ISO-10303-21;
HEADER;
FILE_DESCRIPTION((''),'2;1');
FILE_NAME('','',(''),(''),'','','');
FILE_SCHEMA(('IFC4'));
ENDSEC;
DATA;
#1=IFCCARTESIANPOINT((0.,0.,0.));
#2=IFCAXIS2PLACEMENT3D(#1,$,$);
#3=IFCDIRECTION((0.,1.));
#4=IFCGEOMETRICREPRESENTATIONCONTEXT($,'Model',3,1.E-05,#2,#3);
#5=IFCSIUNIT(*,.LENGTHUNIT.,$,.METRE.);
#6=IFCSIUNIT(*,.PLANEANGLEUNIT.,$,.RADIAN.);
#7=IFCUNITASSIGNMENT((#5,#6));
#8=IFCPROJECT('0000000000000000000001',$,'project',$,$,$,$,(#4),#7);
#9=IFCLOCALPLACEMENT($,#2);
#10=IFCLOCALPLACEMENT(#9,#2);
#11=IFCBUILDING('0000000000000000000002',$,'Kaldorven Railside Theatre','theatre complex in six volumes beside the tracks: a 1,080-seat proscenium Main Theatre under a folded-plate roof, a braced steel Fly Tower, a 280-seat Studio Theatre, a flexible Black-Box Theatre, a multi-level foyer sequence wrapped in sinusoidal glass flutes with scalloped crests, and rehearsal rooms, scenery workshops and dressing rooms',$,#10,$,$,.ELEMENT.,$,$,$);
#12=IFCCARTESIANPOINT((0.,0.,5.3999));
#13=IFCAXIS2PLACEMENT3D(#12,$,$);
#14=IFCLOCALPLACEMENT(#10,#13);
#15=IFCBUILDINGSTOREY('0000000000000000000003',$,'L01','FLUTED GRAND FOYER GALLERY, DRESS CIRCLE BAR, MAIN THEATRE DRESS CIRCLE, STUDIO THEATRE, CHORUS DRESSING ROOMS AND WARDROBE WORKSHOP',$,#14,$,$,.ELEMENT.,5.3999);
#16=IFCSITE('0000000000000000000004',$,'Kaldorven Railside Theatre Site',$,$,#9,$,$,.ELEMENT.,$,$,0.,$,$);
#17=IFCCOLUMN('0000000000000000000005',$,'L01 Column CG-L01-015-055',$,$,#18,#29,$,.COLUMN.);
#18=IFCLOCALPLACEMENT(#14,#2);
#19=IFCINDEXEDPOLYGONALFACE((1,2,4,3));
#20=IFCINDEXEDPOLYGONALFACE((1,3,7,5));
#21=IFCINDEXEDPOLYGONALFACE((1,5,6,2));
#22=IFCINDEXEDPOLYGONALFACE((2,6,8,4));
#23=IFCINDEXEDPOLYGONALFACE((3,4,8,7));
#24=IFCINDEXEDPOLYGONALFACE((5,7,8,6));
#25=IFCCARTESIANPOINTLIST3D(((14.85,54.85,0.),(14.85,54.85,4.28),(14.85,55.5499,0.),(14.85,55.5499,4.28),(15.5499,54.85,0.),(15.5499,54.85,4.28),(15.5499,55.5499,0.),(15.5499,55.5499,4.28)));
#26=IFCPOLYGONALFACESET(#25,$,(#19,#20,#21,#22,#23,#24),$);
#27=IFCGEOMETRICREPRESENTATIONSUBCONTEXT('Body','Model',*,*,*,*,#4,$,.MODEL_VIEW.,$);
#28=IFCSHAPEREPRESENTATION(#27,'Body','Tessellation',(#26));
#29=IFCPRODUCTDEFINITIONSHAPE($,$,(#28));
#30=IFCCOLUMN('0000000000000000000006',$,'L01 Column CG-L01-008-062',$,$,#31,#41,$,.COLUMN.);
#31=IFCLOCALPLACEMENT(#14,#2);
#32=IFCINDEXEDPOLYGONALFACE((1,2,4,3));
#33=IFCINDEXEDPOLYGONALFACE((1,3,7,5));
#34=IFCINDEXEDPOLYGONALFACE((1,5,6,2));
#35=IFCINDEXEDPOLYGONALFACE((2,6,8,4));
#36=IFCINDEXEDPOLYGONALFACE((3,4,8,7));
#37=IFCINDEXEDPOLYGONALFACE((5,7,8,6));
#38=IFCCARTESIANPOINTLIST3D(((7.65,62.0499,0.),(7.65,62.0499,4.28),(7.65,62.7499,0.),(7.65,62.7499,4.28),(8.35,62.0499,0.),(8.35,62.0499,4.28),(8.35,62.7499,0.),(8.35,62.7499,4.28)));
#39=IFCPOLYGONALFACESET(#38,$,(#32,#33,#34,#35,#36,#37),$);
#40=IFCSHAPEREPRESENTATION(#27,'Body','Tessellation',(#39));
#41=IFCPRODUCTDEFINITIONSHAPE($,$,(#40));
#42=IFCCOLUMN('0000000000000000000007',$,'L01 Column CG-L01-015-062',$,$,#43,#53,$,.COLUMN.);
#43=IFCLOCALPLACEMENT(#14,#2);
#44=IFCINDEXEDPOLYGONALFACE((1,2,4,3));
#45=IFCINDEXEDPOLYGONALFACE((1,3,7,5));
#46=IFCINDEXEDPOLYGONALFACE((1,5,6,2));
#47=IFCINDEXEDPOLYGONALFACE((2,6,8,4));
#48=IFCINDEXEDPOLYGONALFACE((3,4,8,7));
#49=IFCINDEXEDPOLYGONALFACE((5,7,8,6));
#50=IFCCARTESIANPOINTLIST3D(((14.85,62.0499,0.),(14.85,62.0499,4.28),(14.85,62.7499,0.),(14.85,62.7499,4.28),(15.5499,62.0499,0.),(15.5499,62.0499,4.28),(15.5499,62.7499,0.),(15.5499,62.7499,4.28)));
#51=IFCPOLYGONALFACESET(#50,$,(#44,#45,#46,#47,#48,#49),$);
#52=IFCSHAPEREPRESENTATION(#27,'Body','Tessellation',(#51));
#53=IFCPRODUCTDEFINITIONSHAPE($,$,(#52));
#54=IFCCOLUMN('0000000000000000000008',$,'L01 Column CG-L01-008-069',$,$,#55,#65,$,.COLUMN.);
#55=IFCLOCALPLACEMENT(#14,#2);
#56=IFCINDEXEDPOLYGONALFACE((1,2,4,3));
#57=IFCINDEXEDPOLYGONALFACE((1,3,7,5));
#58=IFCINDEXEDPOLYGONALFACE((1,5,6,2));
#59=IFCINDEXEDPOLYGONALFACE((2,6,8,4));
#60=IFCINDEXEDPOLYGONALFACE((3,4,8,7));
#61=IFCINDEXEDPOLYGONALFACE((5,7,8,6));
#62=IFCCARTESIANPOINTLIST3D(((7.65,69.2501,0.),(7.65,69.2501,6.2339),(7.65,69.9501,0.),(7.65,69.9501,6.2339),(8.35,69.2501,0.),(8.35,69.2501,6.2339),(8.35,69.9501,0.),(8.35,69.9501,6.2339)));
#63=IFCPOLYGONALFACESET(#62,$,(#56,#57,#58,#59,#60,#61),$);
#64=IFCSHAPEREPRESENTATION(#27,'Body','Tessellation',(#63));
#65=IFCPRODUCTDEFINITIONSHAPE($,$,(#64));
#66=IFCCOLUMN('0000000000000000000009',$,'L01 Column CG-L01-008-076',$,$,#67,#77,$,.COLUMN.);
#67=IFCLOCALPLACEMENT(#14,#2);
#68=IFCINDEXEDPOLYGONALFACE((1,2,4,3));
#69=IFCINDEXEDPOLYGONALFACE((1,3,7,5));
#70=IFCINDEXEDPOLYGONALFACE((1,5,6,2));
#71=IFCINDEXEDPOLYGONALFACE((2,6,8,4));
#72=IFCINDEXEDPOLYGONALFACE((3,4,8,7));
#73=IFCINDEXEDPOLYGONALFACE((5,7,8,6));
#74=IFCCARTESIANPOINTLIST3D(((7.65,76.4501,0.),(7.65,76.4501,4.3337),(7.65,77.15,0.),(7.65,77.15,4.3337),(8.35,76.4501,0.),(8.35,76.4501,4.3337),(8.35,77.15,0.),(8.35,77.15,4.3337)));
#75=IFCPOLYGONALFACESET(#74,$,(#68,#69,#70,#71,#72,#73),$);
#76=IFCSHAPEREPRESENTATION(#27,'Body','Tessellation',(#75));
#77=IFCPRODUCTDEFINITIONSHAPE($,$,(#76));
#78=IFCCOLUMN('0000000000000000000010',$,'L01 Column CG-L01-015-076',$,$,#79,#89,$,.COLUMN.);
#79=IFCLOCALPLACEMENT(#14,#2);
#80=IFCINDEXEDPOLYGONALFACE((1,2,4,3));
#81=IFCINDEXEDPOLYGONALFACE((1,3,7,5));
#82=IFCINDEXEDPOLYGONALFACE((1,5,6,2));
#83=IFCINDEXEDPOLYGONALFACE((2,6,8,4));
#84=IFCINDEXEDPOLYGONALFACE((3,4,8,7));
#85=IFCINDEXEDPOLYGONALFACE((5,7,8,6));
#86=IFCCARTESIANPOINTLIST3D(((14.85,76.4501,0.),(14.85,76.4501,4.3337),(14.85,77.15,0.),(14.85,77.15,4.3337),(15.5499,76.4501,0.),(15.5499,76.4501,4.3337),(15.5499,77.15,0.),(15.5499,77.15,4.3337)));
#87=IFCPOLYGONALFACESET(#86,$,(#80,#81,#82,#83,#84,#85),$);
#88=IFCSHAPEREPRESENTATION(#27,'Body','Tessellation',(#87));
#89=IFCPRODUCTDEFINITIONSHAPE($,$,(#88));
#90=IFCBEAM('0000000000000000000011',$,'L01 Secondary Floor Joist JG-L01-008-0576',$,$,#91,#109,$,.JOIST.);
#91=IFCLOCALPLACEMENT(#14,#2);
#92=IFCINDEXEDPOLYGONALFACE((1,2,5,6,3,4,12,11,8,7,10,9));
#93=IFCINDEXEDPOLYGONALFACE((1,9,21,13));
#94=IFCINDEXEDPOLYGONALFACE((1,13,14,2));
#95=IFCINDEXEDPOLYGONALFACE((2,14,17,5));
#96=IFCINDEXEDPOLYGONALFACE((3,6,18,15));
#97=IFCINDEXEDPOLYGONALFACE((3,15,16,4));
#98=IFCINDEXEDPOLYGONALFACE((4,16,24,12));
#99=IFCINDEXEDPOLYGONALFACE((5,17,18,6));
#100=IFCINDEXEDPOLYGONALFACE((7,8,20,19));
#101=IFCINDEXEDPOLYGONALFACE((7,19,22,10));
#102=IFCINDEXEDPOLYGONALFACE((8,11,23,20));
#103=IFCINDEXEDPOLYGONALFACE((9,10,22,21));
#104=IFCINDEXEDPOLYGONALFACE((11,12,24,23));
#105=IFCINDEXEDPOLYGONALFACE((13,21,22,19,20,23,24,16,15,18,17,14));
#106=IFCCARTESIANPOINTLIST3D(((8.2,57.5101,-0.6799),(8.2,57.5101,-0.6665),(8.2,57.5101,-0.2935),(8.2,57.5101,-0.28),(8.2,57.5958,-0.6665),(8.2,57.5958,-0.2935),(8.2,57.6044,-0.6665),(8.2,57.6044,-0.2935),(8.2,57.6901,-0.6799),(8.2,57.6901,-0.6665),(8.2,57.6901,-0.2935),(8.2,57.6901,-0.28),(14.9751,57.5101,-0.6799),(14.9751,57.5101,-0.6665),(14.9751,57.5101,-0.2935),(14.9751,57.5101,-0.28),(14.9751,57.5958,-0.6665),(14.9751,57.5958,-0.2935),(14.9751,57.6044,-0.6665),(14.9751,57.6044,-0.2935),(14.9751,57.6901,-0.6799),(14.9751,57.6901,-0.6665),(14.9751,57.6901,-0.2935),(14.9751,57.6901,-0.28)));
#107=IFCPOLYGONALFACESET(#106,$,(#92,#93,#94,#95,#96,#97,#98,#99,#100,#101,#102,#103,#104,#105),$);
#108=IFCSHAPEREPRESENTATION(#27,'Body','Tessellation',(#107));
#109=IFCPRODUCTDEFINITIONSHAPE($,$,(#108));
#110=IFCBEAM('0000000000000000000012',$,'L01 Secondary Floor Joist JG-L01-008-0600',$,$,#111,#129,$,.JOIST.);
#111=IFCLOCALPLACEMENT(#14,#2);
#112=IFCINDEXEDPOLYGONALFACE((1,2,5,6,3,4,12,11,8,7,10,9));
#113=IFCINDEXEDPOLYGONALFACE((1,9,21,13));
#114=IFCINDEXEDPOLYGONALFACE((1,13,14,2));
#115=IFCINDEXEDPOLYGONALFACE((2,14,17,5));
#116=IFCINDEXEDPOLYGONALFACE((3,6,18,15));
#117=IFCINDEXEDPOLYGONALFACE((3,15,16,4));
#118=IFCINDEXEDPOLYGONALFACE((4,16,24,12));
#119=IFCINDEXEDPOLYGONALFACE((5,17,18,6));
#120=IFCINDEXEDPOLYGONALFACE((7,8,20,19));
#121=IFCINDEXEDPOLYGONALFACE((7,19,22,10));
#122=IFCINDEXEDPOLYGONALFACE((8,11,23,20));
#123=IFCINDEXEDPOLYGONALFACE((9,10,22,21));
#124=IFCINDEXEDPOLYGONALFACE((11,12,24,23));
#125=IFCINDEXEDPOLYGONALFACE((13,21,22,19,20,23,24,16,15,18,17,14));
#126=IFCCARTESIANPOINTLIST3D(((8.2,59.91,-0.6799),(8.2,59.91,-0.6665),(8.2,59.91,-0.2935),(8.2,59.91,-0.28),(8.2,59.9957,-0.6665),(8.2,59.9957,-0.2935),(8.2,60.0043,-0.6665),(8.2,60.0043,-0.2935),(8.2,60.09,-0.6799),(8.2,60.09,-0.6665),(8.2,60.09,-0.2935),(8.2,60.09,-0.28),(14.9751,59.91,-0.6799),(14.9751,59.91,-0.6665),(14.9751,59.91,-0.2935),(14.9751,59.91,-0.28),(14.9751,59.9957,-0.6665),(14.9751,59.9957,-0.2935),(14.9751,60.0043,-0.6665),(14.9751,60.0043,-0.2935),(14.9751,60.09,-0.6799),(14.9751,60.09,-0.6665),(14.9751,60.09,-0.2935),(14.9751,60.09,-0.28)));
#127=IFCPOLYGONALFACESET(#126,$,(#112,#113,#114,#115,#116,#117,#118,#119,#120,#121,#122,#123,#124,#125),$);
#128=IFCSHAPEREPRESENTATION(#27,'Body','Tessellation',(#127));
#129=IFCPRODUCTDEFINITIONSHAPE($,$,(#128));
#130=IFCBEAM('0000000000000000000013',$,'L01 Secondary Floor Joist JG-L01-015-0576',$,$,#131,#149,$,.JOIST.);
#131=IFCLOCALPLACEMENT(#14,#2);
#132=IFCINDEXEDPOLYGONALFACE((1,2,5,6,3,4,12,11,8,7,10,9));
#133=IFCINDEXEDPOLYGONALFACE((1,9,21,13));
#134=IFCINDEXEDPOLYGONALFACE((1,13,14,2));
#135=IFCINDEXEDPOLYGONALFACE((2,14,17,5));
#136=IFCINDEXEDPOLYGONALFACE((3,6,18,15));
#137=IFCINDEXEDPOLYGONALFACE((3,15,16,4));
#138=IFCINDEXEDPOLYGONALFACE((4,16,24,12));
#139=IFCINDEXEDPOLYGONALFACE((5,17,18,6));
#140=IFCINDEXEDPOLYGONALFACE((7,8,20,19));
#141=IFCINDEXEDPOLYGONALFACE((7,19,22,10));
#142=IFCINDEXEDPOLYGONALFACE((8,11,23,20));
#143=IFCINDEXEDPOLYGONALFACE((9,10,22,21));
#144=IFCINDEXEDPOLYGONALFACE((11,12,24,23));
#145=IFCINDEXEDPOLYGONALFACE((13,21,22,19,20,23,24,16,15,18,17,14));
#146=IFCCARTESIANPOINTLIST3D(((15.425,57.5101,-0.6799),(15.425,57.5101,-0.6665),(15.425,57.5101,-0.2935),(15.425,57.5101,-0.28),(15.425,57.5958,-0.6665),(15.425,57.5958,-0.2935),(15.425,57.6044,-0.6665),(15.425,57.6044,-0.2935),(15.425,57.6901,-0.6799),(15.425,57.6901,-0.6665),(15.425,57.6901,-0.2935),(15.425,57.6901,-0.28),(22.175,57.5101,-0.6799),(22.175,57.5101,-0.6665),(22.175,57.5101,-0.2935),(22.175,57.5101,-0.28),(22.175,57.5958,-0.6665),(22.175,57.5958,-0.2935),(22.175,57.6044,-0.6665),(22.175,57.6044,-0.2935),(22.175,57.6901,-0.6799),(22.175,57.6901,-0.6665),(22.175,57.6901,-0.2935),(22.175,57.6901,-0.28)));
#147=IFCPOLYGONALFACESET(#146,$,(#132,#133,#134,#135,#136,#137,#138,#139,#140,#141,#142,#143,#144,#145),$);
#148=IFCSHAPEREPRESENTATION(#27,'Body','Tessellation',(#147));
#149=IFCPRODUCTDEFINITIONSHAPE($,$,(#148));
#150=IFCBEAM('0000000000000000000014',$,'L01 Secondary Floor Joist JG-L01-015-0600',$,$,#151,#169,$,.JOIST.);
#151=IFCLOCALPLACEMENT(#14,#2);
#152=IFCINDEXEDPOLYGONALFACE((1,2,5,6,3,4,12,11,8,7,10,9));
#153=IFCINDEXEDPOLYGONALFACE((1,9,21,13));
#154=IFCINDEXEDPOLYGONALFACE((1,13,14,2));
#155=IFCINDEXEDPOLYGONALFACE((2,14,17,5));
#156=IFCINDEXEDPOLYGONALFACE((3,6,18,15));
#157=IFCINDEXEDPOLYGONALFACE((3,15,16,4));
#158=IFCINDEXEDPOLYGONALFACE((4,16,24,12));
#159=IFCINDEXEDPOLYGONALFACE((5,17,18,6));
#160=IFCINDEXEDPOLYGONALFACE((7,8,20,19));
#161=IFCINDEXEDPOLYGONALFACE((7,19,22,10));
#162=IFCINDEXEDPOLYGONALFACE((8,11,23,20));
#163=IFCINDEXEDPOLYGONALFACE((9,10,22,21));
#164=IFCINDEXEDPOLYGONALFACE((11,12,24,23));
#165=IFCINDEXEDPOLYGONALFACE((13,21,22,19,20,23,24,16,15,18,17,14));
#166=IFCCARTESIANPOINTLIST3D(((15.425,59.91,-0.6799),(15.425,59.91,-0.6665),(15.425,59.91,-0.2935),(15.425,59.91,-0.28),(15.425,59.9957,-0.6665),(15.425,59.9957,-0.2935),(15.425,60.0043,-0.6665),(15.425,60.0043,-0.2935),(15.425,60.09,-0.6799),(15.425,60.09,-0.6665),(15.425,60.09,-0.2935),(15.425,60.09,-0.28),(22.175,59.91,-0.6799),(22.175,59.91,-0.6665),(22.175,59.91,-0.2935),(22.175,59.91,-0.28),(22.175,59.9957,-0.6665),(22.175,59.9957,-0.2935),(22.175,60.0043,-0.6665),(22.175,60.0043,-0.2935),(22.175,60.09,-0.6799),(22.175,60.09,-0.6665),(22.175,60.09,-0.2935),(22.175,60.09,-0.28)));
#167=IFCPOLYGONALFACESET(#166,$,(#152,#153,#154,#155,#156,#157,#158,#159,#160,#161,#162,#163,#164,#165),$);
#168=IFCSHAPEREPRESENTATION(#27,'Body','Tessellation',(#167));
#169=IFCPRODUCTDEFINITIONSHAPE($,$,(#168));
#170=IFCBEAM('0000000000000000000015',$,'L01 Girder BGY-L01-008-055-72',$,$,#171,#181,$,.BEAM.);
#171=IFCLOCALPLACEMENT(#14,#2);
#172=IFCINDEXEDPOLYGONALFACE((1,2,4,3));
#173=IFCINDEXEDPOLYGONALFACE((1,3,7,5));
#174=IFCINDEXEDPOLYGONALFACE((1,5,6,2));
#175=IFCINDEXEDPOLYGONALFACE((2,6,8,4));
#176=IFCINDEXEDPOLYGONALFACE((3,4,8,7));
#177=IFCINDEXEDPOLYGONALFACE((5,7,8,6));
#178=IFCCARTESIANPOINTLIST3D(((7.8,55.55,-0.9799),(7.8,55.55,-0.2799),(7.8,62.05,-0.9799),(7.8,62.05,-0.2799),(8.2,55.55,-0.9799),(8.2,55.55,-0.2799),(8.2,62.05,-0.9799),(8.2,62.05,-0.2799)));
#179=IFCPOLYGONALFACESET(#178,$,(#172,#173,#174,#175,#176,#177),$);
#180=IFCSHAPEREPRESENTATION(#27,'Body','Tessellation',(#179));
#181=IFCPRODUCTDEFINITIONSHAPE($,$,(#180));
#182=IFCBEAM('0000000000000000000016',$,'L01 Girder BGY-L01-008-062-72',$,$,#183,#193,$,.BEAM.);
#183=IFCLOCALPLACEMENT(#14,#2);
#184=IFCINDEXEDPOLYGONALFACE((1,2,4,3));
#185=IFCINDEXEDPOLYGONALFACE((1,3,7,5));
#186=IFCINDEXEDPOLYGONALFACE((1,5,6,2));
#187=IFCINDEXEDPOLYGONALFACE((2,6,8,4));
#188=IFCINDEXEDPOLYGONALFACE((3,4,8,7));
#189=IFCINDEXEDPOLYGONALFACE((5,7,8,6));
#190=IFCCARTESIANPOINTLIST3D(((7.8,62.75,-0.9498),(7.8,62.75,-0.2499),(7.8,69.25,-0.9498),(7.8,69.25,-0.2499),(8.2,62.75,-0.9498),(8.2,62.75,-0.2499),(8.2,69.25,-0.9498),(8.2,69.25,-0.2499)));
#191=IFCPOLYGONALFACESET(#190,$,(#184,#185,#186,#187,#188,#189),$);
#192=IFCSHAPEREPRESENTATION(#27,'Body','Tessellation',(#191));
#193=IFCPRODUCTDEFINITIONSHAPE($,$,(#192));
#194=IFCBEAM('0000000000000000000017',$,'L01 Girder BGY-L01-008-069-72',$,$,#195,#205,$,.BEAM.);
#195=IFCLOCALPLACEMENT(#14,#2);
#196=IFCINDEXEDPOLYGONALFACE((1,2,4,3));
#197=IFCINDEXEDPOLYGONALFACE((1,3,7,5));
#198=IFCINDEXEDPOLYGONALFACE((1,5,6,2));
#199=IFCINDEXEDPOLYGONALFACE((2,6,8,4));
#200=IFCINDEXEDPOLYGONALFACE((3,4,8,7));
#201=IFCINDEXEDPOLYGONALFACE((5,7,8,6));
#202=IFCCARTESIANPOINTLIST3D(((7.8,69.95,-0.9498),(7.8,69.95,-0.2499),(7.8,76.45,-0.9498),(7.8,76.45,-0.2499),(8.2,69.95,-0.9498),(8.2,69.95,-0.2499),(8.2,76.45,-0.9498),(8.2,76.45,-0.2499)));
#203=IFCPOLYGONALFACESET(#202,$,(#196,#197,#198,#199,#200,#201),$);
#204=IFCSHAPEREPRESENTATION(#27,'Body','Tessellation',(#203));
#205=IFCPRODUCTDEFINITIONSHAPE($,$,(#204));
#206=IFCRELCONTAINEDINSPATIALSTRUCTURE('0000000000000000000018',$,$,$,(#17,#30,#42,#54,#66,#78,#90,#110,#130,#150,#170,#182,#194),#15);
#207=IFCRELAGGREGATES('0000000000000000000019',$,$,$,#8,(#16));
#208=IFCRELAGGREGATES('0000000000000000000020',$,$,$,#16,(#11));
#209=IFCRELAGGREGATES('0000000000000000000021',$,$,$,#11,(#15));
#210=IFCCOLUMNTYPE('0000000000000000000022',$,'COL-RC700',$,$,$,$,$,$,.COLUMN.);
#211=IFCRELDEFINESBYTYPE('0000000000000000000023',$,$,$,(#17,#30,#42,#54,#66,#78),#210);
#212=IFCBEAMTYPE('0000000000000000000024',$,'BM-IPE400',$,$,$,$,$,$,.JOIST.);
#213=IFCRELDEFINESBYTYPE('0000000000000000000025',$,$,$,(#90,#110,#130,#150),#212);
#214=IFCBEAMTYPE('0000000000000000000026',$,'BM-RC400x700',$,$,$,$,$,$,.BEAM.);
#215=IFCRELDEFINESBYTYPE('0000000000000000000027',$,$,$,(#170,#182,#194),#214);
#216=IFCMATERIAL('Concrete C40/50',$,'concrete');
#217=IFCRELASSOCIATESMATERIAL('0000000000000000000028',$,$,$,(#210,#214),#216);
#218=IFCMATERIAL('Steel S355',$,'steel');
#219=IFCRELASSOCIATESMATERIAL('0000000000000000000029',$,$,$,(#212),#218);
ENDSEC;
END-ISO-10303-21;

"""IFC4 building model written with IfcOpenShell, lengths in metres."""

from ifc_helpers import new_model, si_unit, direction, frame, origin, origin_2d, place, context, subcontext, project, spatial, rectangle, i_section, extrude, material, material_profile, profile_set, type_object, element, save


model = new_model("IFC4")

# Units and contexts
model_context = context("Model", 3, precision=1e-05, world=origin(), true_north=direction((0.0, 1.0)))
body_context = subcontext(model_context, "Body", "Model", "MODEL_VIEW")
ifc_project = project(units=[si_unit("LENGTHUNIT", "METRE"), si_unit("PLANEANGLEUNIT", "RADIAN")], contexts=[model_context])

# Site, building, storey
site_placement = place(None, origin())
site = spatial("IfcSite", under=ifc_project, at=site_placement, Name="Kaldorven Railside Theatre Site", CompositionType="ELEMENT", RefElevation=0.0)
building_placement = place(site_placement, origin())
building = spatial("IfcBuilding", under=site, at=building_placement, Name="Kaldorven Railside Theatre", Description="theatre complex in six volumes beside the tracks: a 1,080-seat proscenium Main Theatre under a folded-plate roof, a braced steel Fly Tower, a 280-seat Studio Theatre, a flexible Black-Box Theatre, a multi-level foyer sequence wrapped in sinusoidal glass flutes with scalloped crests, and rehearsal rooms, scenery workshops and dressing rooms", CompositionType="ELEMENT")
storey_placement = place(building_placement, frame((0.0, 0.0, 5.3999)))
storey = spatial("IfcBuildingStorey", under=building, at=storey_placement, Name="L01", Description="FLUTED GRAND FOYER GALLERY, DRESS CIRCLE BAR, MAIN THEATRE DRESS CIRCLE, STUDIO THEATRE, CHORUS DRESSING ROOMS AND WARDROBE WORKSHOP", CompositionType="ELEMENT", Elevation=5.3999)

# Columns
ifc_material_1 = material(Name="Concrete C40/50", Category="concrete")
ifc_material_profile_1 = material_profile(ifc_material_1, rectangle(XDim=0.7, YDim=0.7, at=origin_2d()), Name="RC 700x700")
ifc_profile_set_1 = profile_set([ifc_material_profile_1], Name="Concrete C40/50")
column_type = type_object("IfcColumnType", Name="COL-RC700", PredefinedType="COLUMN", material=ifc_profile_set_1)
for number, where, z_axis, x_axis, name in (
    (1, (15.2, 55.2, 0.0), (0.0, 0.0, 1.0), (1.0, 0.0, 0.0), "L01 Column CG-L01-015-055"),
    (2, (8.0, 62.3999, 0.0), (0.0, 0.0, 1.0), (1.0, 0.0, 0.0), "L01 Column CG-L01-008-062"),
    (3, (15.2, 62.3999, 0.0), (0.0, 0.0, 1.0), (0.0, 1.0, 0.0), "L01 Column CG-L01-015-062"),
):
    element("IfcColumn", number, at=place(storey_placement, frame(where, z_axis=z_axis, x_axis=x_axis)), inside=storey, type_object=column_type, Name=name, PredefinedType="COLUMN", context=body_context, shape_type="SweptSolid", body=[
        extrude(rectangle(XDim=0.7, YDim=0.7, at=origin_2d()), origin(), (0.0, 0.0, 1.0), 4.28),
    ])
column_placement = place(storey_placement, frame((8.0, 69.6001, 0.0), z_axis=(0.0, 0.0, 1.0), x_axis=(0.0, 1.0, 0.0)))
element("IfcColumn", 4, at=column_placement, inside=storey, type_object=column_type, Name="L01 Column CG-L01-008-069", PredefinedType="COLUMN", context=body_context, shape_type="SweptSolid", body=[
    extrude(rectangle(XDim=0.7, YDim=0.7, at=origin_2d()), origin(), (0.0, 0.0, 1.0), 6.2339),
])
for number, where, z_axis, x_axis, name in (
    (5, (8.0, 76.8, 0.0), (0.0, 0.0, 1.0), (1.0, 0.0, 0.0), "L01 Column CG-L01-008-076"),
    (6, (15.2, 76.8, 0.0), (0.0, 0.0, 1.0), (1.0, 0.0, 0.0), "L01 Column CG-L01-015-076"),
):
    element("IfcColumn", number, at=place(storey_placement, frame(where, z_axis=z_axis, x_axis=x_axis)), inside=storey, type_object=column_type, Name=name, PredefinedType="COLUMN", context=body_context, shape_type="SweptSolid", body=[
        extrude(rectangle(XDim=0.7, YDim=0.7, at=origin_2d()), origin(), (0.0, 0.0, 1.0), 4.3337),
    ])

# Beams
ifc_material_2 = material(Name="Steel S355", Category="steel")
ifc_material_profile_2 = material_profile(ifc_material_2, i_section(OverallWidth=0.1799, OverallDepth=0.3999, WebThickness=0.0085, FlangeThickness=0.0134, at=origin_2d()), Name="IPE 400")
ifc_profile_set_2 = profile_set([ifc_material_profile_2], Name="Steel S355")
beam_type_1 = type_object("IfcBeamType", Name="BM-IPE400", PredefinedType="JOIST", material=ifc_profile_set_2)
for number, where, z_axis, x_axis, name in (
    (7, (8.2, 57.6001, -0.48), (1.0, 0.0, 0.0), (0.0, 1.0, 0.0), "L01 Secondary Floor Joist JG-L01-008-0576"),
    (8, (8.2, 60.0, -0.48), (1.0, 0.0, 0.0), (0.0, 1.0, 0.0), "L01 Secondary Floor Joist JG-L01-008-0600"),
):
    element("IfcBeam", number, at=place(storey_placement, frame(where, z_axis=z_axis, x_axis=x_axis)), inside=storey, type_object=beam_type_1, Name=name, PredefinedType="JOIST", context=body_context, shape_type="SweptSolid", body=[
        extrude(i_section(OverallWidth=0.1799, OverallDepth=0.3999, WebThickness=0.0085, FlangeThickness=0.0134, at=origin_2d()), origin(), (0.0, 0.0, 1.0), 6.7751),
    ])
for number, where, z_axis, x_axis, name in (
    (9, (15.425, 57.6001, -0.48), (1.0, 0.0, 0.0), (0.0, 1.0, 0.0), "L01 Secondary Floor Joist JG-L01-015-0576"),
    (10, (15.425, 60.0, -0.48), (1.0, 0.0, 0.0), (0.0, 1.0, 0.0), "L01 Secondary Floor Joist JG-L01-015-0600"),
):
    element("IfcBeam", number, at=place(storey_placement, frame(where, z_axis=z_axis, x_axis=x_axis)), inside=storey, type_object=beam_type_1, Name=name, PredefinedType="JOIST", context=body_context, shape_type="SweptSolid", body=[
        extrude(i_section(OverallWidth=0.1799, OverallDepth=0.3999, WebThickness=0.0085, FlangeThickness=0.0134, at=origin_2d()), origin(), (0.0, 0.0, 1.0), 6.75),
    ])
ifc_material_profile_3 = material_profile(ifc_material_1, rectangle(XDim=0.3999, YDim=0.7, at=origin_2d()), Name="RC 400x700")
ifc_profile_set_3 = profile_set([ifc_material_profile_3], Name="Concrete C40/50")
beam_type_2 = type_object("IfcBeamType", Name="BM-RC400x700", PredefinedType="BEAM", material=ifc_profile_set_3)
for number, where, z_axis, x_axis, name in (
    (11, (8.0, 55.55, -0.6299), (0.0, 1.0, 0.0), (-1.0, 0.0, 0.0), "L01 Girder BGY-L01-008-055-72"),
    (12, (8.0, 62.75, -0.5999), (0.0, 1.0, 0.0), (-1.0, 0.0, 0.0), "L01 Girder BGY-L01-008-062-72"),
    (13, (8.0, 69.95, -0.5999), (0.0, 1.0, 0.0), (-1.0, 0.0, 0.0), "L01 Girder BGY-L01-008-069-72"),
):
    element("IfcBeam", number, at=place(storey_placement, frame(where, z_axis=z_axis, x_axis=x_axis)), inside=storey, type_object=beam_type_2, Name=name, PredefinedType="BEAM", context=body_context, shape_type="SweptSolid", body=[
        extrude(rectangle(XDim=0.3999, YDim=0.7, at=origin_2d()), origin(), (0.0, 0.0, 1.0), 6.5),
    ])

save(model, "model.ifc")
